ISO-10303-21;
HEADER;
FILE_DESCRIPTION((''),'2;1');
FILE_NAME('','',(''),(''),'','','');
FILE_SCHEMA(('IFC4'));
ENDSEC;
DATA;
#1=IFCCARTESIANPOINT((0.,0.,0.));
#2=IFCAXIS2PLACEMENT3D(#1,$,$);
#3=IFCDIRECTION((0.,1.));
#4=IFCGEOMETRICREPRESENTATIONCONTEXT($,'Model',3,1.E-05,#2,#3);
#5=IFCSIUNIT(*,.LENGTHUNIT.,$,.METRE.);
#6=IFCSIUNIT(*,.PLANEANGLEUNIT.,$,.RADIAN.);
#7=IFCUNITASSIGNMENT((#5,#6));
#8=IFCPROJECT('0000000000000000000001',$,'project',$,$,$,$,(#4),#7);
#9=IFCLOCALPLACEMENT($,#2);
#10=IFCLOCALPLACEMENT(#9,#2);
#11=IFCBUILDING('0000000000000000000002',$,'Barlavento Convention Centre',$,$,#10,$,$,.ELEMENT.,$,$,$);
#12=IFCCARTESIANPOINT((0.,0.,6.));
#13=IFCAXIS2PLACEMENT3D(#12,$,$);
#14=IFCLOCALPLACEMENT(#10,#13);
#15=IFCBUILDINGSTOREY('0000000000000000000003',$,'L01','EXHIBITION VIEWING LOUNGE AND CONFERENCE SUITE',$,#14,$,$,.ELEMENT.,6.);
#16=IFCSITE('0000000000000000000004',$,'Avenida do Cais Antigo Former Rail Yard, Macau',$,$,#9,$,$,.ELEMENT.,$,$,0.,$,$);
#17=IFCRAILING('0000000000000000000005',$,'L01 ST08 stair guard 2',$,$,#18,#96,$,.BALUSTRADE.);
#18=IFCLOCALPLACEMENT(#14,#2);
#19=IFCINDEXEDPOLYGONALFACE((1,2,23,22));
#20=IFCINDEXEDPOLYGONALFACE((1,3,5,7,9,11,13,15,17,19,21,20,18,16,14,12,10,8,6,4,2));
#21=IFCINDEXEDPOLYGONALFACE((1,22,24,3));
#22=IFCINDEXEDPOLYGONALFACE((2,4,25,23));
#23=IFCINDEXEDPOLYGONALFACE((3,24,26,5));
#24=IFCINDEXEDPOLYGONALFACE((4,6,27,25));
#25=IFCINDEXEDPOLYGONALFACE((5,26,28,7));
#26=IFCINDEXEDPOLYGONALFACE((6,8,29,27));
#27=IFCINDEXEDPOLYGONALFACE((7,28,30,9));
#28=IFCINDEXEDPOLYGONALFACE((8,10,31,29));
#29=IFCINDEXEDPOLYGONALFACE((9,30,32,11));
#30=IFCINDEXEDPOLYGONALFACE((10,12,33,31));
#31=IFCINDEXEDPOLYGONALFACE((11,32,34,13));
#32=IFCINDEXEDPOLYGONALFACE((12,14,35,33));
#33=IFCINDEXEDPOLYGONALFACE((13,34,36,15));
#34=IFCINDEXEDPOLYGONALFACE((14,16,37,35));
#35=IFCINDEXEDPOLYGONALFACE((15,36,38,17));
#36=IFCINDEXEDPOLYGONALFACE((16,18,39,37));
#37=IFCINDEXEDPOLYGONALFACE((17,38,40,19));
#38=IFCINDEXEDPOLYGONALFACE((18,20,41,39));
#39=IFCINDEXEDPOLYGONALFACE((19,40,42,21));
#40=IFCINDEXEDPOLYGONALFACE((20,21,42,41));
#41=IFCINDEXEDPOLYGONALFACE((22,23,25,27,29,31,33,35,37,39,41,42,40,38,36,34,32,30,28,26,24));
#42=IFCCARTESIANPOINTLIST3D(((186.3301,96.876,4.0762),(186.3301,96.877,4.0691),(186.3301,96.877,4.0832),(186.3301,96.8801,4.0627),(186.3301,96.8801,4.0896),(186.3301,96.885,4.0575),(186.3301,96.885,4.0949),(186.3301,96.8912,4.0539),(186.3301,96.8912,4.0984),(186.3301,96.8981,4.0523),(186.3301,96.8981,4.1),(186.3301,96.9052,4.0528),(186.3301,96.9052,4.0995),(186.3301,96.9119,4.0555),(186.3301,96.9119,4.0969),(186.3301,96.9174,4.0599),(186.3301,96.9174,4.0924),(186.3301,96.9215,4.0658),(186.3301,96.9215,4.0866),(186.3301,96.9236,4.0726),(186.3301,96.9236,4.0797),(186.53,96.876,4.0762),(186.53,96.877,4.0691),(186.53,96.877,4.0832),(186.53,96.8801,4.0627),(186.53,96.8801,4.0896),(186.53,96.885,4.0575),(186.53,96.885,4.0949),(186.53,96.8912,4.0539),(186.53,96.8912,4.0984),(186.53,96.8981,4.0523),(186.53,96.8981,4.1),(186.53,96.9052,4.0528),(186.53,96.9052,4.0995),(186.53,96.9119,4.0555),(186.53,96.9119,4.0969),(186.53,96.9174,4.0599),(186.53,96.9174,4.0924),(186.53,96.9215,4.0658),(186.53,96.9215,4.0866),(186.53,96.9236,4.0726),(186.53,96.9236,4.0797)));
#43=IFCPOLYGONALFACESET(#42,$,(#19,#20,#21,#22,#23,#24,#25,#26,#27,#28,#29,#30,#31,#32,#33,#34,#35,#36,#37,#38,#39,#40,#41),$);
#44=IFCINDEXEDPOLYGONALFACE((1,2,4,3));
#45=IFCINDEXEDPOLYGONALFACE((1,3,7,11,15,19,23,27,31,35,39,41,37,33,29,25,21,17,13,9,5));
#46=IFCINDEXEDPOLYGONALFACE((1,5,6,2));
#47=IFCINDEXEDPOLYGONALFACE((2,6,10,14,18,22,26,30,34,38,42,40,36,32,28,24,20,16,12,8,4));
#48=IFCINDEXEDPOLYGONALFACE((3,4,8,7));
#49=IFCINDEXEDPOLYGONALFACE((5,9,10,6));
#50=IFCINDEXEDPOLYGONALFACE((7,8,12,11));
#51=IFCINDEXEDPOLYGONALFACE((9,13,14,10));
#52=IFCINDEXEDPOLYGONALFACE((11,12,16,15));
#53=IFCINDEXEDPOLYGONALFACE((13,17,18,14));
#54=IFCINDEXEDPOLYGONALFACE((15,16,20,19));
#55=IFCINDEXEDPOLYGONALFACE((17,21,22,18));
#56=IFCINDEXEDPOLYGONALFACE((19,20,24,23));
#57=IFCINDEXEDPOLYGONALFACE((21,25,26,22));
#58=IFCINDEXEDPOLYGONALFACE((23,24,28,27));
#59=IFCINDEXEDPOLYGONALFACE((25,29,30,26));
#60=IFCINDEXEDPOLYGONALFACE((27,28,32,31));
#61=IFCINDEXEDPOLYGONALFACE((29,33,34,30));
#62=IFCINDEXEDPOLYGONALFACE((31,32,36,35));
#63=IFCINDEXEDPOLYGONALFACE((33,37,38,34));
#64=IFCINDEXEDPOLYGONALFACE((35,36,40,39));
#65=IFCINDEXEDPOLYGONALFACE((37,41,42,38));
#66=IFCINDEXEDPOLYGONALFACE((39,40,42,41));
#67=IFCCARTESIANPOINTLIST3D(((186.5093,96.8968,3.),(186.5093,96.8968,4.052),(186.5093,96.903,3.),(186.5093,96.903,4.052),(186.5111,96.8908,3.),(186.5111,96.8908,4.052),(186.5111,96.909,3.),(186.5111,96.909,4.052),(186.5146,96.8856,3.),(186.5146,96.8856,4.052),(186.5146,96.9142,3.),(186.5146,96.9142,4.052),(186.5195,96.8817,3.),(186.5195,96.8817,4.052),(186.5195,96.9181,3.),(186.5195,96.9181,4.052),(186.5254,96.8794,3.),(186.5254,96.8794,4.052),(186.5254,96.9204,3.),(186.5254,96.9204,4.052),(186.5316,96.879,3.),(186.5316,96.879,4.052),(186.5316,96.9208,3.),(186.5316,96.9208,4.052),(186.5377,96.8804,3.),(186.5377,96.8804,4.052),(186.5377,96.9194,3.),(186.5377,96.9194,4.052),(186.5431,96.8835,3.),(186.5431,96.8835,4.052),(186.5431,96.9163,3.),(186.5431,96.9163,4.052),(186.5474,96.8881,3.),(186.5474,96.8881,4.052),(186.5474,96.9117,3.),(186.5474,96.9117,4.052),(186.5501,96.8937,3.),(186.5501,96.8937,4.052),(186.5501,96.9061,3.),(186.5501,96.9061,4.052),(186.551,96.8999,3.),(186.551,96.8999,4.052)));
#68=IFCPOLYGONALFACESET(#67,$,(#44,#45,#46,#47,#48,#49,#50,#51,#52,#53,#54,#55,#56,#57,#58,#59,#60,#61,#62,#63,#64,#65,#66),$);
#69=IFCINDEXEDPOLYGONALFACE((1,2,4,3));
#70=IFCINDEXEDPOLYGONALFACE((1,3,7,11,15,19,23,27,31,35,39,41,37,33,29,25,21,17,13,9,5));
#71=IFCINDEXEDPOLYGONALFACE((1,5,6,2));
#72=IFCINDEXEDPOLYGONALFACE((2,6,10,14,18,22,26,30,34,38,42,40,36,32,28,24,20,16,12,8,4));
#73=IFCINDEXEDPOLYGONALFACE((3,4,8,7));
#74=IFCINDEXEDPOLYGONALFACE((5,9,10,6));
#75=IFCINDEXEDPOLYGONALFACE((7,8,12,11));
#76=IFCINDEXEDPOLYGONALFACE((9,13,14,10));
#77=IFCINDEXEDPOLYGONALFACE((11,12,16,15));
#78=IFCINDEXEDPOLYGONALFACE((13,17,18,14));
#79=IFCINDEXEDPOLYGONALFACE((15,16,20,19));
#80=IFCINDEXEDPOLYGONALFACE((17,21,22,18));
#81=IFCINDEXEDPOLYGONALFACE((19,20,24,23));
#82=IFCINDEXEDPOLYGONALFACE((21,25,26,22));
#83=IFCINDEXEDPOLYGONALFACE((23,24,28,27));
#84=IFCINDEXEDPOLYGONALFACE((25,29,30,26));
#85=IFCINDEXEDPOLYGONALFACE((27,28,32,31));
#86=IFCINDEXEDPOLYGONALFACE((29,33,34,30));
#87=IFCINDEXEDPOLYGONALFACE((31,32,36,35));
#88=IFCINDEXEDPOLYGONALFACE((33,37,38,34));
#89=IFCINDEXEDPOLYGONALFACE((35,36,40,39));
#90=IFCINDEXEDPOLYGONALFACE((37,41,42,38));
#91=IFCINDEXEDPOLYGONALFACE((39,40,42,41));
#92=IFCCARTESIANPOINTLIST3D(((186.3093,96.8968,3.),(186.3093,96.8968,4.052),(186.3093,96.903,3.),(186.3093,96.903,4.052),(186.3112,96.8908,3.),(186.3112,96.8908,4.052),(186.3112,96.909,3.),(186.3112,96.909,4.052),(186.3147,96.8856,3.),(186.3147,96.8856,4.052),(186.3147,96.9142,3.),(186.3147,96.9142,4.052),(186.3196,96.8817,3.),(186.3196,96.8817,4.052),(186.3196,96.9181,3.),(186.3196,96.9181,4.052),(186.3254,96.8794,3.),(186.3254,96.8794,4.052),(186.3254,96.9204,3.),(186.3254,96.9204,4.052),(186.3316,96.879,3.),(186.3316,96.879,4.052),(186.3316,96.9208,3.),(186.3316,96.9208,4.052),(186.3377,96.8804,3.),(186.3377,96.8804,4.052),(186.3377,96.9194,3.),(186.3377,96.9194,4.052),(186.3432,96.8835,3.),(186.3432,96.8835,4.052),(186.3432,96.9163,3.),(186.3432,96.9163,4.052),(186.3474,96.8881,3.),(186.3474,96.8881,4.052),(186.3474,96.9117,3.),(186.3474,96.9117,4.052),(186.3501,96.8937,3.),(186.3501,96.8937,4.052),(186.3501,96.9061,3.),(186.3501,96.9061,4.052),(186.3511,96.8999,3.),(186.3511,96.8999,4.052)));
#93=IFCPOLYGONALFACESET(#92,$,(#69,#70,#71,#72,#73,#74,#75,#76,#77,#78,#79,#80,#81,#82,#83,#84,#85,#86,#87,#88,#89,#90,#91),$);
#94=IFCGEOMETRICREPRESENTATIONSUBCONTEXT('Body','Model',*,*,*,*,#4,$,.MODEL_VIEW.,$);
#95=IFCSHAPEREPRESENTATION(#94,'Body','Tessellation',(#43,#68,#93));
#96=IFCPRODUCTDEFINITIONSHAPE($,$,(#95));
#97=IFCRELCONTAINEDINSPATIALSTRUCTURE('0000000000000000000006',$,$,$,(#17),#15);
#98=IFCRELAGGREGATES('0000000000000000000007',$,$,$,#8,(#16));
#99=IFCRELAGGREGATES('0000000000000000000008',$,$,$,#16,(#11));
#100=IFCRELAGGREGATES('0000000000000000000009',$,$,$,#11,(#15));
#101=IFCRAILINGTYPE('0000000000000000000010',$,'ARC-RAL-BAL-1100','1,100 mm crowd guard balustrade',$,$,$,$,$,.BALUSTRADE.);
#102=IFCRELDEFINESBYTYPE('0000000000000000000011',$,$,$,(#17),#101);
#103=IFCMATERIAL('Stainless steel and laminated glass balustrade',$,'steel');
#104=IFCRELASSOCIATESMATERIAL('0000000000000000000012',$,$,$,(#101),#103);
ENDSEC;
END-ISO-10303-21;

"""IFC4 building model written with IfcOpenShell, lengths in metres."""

from ifc_helpers import new_model, si_unit, direction, frame, origin, origin_2d, place, context, subcontext, project, spatial, circle, extrude, material, type_object, element, save


model = new_model("IFC4")

# Units and contexts
model_context = context("Model", 3, precision=1e-05, world=origin(), true_north=direction((0.0, 1.0)))
body_context = subcontext(model_context, "Body", "Model", "MODEL_VIEW")
ifc_project = project(units=[si_unit("LENGTHUNIT", "METRE"), si_unit("PLANEANGLEUNIT", "RADIAN")], contexts=[model_context])

# Site, building, storey
site_placement = place(None, origin())
site = spatial("IfcSite", under=ifc_project, at=site_placement, Name="Avenida do Cais Antigo Former Rail Yard, Macau", CompositionType="ELEMENT", RefElevation=0.0)
building_placement = place(site_placement, origin())
building = spatial("IfcBuilding", under=site, at=building_placement, Name="Barlavento Convention Centre", CompositionType="ELEMENT")
storey_placement = place(building_placement, frame((0.0, 0.0, 6.0)))
storey = spatial("IfcBuildingStorey", under=building, at=storey_placement, Name="L01", Description="EXHIBITION VIEWING LOUNGE AND CONFERENCE SUITE", CompositionType="ELEMENT", Elevation=6.0)

# Railing
ifc_material_1 = material(Name="Stainless steel and laminated glass balustrade", Category="steel")
railing_type_1 = type_object("IfcRailingType", Name="ARC-RAL-BAL-1100", Description="1,100 mm crowd guard balustrade", PredefinedType="BALUSTRADE", material=ifc_material_1)
railing_1_placement = place(storey_placement, frame((186.53, 96.8999, 3.0)))
element("IfcRailing", 1, at=railing_1_placement, inside=storey, type_object=railing_type_1, Name="L01 ST08 stair guard 2", PredefinedType="BALUSTRADE", context=body_context, shape_type="SweptSolid", body=[
    extrude(circle(Radius=0.0239, at=origin_2d()), frame((0.0, 0.0, 1.0762), z_axis=(-1.0, 0.0, 0.0), x_axis=(0.0, -1.0, 0.0)), (0.0, 0.0, 1.0), 0.2),
    extrude(circle(Radius=0.021, at=origin_2d()), origin(), (0.0, 0.0, 1.0), 1.052),
    extrude(circle(Radius=0.021, at=origin_2d()), frame((-0.2, 0.0, 0.0)), (0.0, 0.0, 1.0), 1.052),
])

save(model, "model.ifc")
